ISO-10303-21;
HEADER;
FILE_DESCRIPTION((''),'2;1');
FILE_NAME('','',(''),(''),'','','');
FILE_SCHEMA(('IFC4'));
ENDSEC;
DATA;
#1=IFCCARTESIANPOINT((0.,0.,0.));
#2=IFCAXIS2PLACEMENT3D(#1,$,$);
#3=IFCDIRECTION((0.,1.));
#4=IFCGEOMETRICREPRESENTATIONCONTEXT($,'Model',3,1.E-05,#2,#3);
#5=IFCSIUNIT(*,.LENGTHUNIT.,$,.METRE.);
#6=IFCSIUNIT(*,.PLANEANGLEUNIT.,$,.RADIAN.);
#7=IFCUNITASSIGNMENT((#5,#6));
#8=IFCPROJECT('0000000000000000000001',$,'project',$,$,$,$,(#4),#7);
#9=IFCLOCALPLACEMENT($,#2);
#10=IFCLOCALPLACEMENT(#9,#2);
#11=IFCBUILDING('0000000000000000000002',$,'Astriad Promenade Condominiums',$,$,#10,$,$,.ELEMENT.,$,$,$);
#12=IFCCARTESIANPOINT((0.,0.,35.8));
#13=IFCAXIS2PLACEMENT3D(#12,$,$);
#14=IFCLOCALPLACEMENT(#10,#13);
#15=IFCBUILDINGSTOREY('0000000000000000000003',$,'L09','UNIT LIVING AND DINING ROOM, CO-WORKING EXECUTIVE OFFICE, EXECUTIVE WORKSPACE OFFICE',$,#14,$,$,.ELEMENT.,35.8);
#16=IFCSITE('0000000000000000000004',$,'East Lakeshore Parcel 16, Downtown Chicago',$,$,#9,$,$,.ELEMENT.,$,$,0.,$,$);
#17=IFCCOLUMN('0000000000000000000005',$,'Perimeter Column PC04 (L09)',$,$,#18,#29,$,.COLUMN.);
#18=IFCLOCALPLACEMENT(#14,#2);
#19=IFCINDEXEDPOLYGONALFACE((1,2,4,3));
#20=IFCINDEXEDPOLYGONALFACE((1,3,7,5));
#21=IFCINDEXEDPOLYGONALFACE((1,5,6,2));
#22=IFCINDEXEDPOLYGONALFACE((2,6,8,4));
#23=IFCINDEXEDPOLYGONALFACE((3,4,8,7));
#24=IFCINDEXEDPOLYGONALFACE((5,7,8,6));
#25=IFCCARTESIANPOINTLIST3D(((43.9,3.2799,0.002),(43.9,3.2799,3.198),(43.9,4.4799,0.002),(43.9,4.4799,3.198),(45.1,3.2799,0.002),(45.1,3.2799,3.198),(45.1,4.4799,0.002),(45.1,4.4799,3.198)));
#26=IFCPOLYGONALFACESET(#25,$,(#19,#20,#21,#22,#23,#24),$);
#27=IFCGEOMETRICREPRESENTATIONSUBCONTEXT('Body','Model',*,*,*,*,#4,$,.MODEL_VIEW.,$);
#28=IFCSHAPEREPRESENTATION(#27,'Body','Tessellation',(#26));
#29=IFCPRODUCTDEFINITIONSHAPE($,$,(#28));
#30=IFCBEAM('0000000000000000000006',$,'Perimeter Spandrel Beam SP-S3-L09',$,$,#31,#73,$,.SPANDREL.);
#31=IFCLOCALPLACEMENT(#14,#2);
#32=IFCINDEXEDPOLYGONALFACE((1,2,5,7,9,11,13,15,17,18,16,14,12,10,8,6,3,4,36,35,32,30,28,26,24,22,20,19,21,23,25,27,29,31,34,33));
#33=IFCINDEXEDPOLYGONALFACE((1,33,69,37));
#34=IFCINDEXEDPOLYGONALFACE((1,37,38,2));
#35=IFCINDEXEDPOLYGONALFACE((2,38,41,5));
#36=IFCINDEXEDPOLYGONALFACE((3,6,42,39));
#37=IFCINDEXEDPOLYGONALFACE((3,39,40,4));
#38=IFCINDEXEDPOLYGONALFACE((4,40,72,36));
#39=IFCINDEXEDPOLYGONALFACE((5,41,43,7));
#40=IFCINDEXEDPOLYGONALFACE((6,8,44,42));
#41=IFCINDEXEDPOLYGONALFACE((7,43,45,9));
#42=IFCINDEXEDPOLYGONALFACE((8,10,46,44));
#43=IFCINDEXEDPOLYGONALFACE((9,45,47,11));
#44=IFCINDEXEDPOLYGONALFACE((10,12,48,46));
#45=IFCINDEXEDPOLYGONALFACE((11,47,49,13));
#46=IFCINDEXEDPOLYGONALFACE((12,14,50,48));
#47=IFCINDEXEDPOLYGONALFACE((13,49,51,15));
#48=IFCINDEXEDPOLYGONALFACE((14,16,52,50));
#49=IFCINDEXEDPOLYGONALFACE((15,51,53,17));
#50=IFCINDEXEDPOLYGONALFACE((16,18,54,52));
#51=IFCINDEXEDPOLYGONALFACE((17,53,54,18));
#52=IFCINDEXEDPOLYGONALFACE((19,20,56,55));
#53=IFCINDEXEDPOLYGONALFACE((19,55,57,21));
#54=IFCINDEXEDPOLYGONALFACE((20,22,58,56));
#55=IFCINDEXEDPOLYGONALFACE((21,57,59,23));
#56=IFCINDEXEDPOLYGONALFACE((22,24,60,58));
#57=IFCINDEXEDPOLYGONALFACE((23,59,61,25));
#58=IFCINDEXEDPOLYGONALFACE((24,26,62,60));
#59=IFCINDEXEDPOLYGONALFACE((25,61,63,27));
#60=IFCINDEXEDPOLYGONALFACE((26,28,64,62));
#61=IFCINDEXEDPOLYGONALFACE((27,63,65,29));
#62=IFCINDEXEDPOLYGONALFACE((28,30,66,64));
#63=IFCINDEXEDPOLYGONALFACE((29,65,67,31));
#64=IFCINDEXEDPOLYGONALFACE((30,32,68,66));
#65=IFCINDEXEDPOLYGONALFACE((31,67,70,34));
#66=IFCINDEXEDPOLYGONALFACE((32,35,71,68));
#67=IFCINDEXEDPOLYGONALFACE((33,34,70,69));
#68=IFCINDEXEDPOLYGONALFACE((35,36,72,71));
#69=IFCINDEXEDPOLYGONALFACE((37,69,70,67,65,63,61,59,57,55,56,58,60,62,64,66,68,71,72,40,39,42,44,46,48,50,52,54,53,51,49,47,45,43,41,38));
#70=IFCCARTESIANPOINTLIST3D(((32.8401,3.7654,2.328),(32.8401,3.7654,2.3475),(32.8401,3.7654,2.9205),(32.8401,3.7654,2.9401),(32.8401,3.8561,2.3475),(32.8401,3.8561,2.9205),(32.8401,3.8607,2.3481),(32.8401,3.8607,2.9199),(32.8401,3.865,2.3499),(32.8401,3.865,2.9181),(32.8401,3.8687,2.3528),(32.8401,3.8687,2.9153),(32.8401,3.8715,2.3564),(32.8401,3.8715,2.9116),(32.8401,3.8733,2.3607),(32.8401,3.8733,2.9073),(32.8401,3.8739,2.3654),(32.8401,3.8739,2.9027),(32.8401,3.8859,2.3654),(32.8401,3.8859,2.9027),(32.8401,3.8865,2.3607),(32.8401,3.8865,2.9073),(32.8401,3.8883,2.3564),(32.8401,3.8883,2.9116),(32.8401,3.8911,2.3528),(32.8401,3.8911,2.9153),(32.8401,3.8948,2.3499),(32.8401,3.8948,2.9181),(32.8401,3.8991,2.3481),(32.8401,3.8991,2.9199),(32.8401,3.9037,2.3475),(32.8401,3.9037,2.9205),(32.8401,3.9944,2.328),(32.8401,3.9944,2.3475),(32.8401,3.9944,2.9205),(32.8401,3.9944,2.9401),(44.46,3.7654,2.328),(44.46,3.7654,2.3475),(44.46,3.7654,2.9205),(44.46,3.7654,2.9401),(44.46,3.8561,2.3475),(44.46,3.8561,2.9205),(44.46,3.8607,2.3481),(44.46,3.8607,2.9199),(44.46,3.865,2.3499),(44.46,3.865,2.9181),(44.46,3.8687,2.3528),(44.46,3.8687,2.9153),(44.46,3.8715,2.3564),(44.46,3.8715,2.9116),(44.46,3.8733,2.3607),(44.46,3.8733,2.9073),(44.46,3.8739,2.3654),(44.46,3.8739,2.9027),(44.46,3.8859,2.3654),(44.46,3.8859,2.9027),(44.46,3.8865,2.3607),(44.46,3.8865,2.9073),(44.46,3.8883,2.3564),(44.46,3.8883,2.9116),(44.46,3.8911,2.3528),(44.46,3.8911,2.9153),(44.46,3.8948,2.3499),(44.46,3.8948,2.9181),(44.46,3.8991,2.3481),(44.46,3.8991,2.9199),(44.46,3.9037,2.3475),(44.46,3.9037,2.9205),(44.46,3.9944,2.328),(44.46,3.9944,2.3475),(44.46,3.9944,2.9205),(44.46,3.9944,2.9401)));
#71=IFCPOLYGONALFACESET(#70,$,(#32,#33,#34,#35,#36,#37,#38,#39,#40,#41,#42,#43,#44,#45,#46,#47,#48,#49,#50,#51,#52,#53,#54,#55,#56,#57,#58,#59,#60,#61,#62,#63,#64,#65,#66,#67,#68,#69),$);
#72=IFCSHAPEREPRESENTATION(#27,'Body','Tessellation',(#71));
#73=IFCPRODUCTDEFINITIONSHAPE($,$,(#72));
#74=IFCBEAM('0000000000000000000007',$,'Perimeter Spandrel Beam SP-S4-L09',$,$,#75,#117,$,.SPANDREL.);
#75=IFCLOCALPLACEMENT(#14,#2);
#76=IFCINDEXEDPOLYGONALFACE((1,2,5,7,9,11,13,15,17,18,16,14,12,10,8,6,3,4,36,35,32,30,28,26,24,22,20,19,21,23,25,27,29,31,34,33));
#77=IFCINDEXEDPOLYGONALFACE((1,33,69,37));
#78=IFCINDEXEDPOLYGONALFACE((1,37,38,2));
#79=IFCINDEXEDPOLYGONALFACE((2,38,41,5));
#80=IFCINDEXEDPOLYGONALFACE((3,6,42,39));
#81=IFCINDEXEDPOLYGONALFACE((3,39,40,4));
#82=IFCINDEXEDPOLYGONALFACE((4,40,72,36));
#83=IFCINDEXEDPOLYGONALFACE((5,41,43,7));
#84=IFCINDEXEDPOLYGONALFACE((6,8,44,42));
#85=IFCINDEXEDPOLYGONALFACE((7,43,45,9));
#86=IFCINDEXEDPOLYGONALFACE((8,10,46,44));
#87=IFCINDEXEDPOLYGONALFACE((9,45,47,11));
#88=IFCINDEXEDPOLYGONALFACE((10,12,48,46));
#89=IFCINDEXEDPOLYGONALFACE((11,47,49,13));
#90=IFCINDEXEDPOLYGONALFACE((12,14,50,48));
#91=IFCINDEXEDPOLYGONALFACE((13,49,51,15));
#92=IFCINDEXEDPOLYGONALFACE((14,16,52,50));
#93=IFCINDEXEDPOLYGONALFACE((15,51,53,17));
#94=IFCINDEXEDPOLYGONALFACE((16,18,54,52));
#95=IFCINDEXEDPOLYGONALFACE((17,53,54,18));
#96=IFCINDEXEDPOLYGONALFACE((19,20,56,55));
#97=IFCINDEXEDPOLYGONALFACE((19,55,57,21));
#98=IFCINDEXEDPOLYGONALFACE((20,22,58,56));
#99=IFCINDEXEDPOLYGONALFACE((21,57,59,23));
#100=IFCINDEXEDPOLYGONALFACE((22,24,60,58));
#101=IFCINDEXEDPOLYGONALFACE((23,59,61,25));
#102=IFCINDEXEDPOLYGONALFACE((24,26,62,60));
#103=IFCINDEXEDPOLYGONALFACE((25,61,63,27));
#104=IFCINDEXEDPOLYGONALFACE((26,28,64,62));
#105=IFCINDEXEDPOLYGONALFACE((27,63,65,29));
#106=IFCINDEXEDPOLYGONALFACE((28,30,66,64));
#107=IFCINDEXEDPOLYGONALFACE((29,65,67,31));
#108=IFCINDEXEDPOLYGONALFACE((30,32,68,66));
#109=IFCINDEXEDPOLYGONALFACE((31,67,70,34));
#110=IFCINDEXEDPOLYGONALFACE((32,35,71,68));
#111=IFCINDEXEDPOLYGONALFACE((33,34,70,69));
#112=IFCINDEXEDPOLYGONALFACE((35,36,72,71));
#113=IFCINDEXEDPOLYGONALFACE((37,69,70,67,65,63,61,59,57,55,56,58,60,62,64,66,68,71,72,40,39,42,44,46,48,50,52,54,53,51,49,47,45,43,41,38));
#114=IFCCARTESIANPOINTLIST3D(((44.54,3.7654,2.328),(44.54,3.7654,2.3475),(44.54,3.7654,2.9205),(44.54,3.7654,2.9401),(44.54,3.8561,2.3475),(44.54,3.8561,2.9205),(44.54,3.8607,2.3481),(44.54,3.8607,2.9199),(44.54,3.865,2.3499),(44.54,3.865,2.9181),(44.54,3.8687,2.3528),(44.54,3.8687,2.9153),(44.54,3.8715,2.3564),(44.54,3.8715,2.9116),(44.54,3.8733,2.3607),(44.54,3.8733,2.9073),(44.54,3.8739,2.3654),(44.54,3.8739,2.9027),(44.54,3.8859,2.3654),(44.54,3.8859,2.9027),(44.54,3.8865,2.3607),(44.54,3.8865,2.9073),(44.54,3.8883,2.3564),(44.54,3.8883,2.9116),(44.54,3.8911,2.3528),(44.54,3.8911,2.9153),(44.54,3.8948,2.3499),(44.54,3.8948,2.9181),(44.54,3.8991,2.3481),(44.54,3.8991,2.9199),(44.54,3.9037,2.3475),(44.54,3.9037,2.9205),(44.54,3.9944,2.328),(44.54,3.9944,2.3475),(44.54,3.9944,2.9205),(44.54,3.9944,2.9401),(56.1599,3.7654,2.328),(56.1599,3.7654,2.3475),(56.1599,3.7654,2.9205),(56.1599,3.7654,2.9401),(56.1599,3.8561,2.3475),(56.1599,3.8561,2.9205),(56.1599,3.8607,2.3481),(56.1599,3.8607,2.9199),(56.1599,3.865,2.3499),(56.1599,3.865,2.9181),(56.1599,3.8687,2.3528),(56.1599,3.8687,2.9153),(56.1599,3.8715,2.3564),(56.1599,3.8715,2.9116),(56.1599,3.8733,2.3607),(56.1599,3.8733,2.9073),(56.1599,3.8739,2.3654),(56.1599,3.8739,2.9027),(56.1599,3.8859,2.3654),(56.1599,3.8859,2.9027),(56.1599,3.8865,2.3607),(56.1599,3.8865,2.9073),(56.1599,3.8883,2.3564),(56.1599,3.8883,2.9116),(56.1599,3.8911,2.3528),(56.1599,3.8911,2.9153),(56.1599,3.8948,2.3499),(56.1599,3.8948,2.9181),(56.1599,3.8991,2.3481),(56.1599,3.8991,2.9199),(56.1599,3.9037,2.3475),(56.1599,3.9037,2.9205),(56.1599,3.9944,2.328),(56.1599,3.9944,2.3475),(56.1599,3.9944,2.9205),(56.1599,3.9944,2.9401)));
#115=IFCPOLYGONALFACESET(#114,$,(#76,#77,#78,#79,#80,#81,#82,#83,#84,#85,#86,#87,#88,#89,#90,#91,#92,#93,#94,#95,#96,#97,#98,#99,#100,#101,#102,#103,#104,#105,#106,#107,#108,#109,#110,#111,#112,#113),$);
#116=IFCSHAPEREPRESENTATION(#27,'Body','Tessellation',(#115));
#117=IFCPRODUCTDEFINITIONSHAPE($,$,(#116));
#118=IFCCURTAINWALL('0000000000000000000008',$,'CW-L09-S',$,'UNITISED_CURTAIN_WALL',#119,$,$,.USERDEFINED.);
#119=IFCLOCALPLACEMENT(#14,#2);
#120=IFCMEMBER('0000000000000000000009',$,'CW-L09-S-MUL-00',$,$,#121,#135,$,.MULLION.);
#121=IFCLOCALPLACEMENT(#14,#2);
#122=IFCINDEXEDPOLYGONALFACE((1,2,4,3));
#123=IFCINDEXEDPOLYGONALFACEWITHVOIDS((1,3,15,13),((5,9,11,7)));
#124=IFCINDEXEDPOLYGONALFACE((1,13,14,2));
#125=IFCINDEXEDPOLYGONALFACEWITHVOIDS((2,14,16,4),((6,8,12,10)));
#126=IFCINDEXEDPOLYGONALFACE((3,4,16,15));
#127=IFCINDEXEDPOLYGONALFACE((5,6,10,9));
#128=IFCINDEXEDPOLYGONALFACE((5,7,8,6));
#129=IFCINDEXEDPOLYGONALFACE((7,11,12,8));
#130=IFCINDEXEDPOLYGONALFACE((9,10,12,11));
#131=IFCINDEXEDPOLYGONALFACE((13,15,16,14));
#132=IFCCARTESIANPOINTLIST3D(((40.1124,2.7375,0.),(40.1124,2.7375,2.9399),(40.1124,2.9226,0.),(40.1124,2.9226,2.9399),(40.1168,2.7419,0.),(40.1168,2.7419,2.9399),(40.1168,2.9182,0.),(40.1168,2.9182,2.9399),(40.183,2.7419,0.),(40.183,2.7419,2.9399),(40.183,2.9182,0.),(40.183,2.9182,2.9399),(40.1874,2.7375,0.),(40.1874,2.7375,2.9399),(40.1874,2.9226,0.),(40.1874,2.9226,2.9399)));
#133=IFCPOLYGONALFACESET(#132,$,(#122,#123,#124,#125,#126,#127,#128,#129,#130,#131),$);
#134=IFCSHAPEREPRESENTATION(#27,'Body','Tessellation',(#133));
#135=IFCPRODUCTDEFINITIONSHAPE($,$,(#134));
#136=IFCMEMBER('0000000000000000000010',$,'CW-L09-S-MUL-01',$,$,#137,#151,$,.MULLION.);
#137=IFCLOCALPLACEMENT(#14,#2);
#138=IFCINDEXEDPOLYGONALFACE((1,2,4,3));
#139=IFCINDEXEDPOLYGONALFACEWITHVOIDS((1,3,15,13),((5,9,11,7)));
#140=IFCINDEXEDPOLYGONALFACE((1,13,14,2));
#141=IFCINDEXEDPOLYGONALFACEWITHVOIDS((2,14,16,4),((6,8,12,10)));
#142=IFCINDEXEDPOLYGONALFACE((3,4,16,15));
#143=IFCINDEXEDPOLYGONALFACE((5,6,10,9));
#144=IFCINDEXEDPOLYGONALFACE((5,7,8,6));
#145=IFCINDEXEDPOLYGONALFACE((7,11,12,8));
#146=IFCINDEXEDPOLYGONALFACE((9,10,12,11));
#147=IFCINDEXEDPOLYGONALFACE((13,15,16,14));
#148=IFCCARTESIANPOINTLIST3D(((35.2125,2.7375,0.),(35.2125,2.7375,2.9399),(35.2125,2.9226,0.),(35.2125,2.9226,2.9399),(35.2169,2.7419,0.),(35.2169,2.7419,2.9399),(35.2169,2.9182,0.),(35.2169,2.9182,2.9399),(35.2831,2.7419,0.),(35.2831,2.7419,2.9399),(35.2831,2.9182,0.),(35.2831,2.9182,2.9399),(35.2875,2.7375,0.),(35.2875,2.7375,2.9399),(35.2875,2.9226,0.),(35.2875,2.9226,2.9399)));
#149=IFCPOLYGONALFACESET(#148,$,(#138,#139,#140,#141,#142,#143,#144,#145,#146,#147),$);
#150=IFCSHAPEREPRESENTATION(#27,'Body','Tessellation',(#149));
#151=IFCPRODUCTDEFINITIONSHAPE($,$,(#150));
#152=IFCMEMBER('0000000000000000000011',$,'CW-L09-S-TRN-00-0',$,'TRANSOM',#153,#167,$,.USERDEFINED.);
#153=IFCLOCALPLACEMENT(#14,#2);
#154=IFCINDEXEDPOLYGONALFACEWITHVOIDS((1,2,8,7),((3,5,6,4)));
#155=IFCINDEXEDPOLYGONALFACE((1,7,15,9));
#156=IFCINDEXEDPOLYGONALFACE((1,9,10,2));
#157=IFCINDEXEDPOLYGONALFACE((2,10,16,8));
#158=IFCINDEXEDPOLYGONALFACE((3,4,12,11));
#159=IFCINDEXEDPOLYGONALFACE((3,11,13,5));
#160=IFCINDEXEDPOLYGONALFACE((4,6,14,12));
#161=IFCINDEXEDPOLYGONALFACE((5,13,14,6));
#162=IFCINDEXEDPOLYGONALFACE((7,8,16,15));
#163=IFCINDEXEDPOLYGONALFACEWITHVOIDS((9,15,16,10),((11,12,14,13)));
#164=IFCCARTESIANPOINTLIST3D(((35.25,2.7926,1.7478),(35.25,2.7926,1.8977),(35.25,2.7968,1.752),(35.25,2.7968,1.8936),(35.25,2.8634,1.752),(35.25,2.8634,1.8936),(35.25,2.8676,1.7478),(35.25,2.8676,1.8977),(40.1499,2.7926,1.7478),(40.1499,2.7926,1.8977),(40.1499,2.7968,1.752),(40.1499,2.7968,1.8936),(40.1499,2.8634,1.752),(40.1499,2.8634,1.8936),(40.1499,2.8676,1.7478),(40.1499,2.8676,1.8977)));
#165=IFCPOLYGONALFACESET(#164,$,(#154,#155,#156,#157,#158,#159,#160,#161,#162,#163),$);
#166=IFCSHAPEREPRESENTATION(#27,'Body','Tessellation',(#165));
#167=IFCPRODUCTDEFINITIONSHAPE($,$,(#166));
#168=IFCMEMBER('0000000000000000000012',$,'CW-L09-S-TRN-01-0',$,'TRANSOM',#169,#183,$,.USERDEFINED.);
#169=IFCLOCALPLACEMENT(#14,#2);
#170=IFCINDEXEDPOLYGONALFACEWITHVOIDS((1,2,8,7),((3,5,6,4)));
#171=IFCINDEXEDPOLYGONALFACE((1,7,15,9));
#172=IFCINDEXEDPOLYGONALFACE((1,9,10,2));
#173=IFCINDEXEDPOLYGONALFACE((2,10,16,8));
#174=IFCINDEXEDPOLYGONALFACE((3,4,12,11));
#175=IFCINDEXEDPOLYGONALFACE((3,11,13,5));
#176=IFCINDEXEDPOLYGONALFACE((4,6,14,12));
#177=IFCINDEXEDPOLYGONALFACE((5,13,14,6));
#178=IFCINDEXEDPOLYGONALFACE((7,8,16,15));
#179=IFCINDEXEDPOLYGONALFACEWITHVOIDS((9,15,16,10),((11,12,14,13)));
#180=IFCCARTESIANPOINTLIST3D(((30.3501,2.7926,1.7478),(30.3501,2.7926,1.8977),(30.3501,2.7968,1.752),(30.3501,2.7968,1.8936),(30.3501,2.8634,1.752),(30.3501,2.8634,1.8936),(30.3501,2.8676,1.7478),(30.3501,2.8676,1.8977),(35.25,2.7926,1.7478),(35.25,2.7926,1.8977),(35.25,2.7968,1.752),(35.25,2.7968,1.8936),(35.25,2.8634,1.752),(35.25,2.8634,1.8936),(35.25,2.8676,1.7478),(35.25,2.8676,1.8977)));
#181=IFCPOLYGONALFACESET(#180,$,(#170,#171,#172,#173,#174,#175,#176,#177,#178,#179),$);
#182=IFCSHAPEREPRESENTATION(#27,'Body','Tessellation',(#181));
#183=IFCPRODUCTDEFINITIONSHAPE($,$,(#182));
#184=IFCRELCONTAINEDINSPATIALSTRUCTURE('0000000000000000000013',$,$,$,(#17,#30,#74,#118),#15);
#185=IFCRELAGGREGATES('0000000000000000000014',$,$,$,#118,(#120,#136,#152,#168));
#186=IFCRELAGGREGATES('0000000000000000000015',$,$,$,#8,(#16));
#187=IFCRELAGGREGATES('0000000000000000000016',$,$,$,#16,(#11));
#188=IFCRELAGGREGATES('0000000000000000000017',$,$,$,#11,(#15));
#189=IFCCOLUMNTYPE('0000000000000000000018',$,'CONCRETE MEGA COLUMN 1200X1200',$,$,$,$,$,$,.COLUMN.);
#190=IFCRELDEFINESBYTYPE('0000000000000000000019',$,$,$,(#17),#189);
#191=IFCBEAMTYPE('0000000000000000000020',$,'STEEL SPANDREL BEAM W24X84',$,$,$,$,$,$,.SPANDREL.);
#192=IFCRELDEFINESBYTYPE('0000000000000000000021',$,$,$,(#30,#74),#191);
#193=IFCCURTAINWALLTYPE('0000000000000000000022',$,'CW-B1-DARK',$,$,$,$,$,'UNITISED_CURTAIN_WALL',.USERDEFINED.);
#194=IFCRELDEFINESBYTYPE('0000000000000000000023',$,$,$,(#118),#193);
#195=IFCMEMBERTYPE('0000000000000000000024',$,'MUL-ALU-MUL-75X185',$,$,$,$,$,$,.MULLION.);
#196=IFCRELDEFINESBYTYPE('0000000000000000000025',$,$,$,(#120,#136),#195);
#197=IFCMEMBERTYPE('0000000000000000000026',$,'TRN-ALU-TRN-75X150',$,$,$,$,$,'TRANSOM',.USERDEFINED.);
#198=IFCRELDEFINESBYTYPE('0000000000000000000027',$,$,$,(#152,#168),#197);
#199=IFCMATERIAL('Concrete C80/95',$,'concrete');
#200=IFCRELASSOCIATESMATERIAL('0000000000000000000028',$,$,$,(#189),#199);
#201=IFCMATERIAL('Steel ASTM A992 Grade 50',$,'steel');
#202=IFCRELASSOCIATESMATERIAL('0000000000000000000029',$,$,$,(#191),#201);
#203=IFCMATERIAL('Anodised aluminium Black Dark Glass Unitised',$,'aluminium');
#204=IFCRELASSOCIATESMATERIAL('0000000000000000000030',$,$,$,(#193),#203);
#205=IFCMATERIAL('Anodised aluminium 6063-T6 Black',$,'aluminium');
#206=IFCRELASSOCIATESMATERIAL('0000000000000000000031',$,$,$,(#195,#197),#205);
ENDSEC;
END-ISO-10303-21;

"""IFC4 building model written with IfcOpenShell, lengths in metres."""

from ifc_helpers import new_model, si_unit, direction, frame, origin, origin_2d, place, context, subcontext, project, spatial, rectangle, hollow_rectangle, i_section, extrude, source, transform, mapped, material, material_profile, profile_set, type_object, type_shapes, element, aggregate, save


model = new_model("IFC4")

# Units and contexts
model_context = context("Model", 3, precision=1e-05, world=origin(), true_north=direction((0.0, 1.0)))
body_context = subcontext(model_context, "Body", "Model", "MODEL_VIEW")
ifc_project = project(units=[si_unit("LENGTHUNIT", "METRE"), si_unit("PLANEANGLEUNIT", "RADIAN")], contexts=[model_context])

# Site, building, storey
site_placement = place(None, origin())
site = spatial("IfcSite", under=ifc_project, at=site_placement, Name="East Lakeshore Parcel 16, Downtown Chicago", CompositionType="ELEMENT", RefElevation=0.0)
building_placement = place(site_placement, origin())
building = spatial("IfcBuilding", under=site, at=building_placement, Name="Astriad Promenade Condominiums", CompositionType="ELEMENT")
storey_placement = place(building_placement, frame((0.0, 0.0, 35.8)))
storey = spatial("IfcBuildingStorey", under=building, at=storey_placement, Name="L09", Description="UNIT LIVING AND DINING ROOM, CO-WORKING EXECUTIVE OFFICE, EXECUTIVE WORKSPACE OFFICE", CompositionType="ELEMENT", Elevation=35.8)

# Column
ifc_material_1 = material(Name="Concrete C80/95", Category="concrete")
ifc_material_profile_1 = material_profile(ifc_material_1, rectangle(XDim=1.2, YDim=1.2, at=origin_2d()), Name="RC-COL-1200X1200")
ifc_profile_set_1 = profile_set([ifc_material_profile_1], Name="Concrete C80/95")
column_type = type_object("IfcColumnType", Name="CONCRETE MEGA COLUMN 1200X1200", PredefinedType="COLUMN", material=ifc_profile_set_1)
shared_shape_1 = source(origin(), body_context, "Body", "SweptSolid", [
    extrude(rectangle(XDim=1.2, YDim=1.2, at=origin_2d()), origin(), (0.0, 0.0, 1.0), 3.196),
])
type_shapes(column_type, [shared_shape_1])
column_placement = place(storey_placement, frame((44.5, 3.8799, 0.002), z_axis=(0.0, 0.0, 1.0), x_axis=(1.0, 0.0, 0.0)))
element("IfcColumn", 1, at=column_placement, inside=storey, type_object=column_type, Name="Perimeter Column PC04 (L09)", PredefinedType="COLUMN", context=body_context, shape_type="MappedRepresentation", body=[
    mapped(shared_shape_1, transform((0.0, 0.0, 0.0), scale=1.0)),
])

# Beams
ifc_material_2 = material(Name="Steel ASTM A992 Grade 50", Category="steel")
ifc_material_profile_2 = material_profile(ifc_material_2, i_section(OverallWidth=0.229, OverallDepth=0.6121, WebThickness=0.012, FlangeThickness=0.0195, FilletRadius=0.0178, at=origin_2d()), Name="W24X84")
ifc_profile_set_2 = profile_set([ifc_material_profile_2], Name="Steel ASTM A992 Grade 50")
beam_type = type_object("IfcBeamType", Name="STEEL SPANDREL BEAM W24X84", PredefinedType="SPANDREL", material=ifc_profile_set_2)
shared_shape_2 = source(origin(), body_context, "Body", "SweptSolid", [
    extrude(i_section(OverallWidth=0.229, OverallDepth=0.6121, WebThickness=0.012, FlangeThickness=0.0195, FilletRadius=0.0178, at=origin_2d()), origin(), (0.0, 0.0, 1.0), 11.6199),
])
type_shapes(beam_type, [shared_shape_2])
for number, where, z_axis, x_axis, name in (
    (2, (32.8401, 3.8799, 2.634), (1.0, 0.0, 0.0), (0.0, 1.0, 0.0), "Perimeter Spandrel Beam SP-S3-L09"),
    (3, (44.54, 3.8799, 2.634), (1.0, 0.0, 0.0), (0.0, 1.0, 0.0), "Perimeter Spandrel Beam SP-S4-L09"),
):
    element("IfcBeam", number, at=place(storey_placement, frame(where, z_axis=z_axis, x_axis=x_axis)), inside=storey, type_object=beam_type, Name=name, PredefinedType="SPANDREL", context=body_context, shape_type="MappedRepresentation", body=[
        mapped(shared_shape_2, transform((0.0, 0.0, 0.0), scale=1.0)),
    ])

# Curtain wall, members
ifc_material_3 = material(Name="Anodised aluminium Black Dark Glass Unitised", Category="aluminium")
curtain_wall_type = type_object("IfcCurtainWallType", Name="CW-B1-DARK", ElementType="UNITISED_CURTAIN_WALL", PredefinedType="USERDEFINED", material=ifc_material_3)
curtain_wall_placement = place(storey_placement, origin())
curtain_wall = element("IfcCurtainWall", 4, at=curtain_wall_placement, inside=storey, type_object=curtain_wall_type, Name="CW-L09-S", ObjectType="UNITISED_CURTAIN_WALL", PredefinedType="USERDEFINED")
ifc_material_4 = material(Name="Anodised aluminium 6063-T6 Black", Category="aluminium")
ifc_material_profile_3 = material_profile(ifc_material_4, hollow_rectangle(XDim=0.075, YDim=0.1851, WallThickness=0.0044, at=origin_2d()), Name="ALU-MUL-75X185")
ifc_profile_set_3 = profile_set([ifc_material_profile_3], Name="Anodised aluminium 6063-T6 Black")
member_type_1 = type_object("IfcMemberType", Name="MUL-ALU-MUL-75X185", PredefinedType="MULLION", material=ifc_profile_set_3)
shared_shape_3 = source(origin(), body_context, "Body", "SweptSolid", [
    extrude(hollow_rectangle(XDim=0.075, YDim=0.1851, WallThickness=0.0044, at=origin_2d()), origin(), (0.0, 0.0, 1.0), 2.9399),
])
type_shapes(member_type_1, [shared_shape_3])
member_1_placement = place(storey_placement, frame((40.1499, 2.8301, 0.0), z_axis=(0.0, 0.0, 1.0), x_axis=(1.0, 0.0, 0.0)))
member_1 = element("IfcMember", 5, at=member_1_placement, type_object=member_type_1, Name="CW-L09-S-MUL-00", PredefinedType="MULLION", context=body_context, shape_type="MappedRepresentation", body=[
    mapped(shared_shape_3, transform((0.0, 0.0, 0.0), scale=1.0)),
])
member_2_placement = place(storey_placement, frame((35.25, 2.8301, 0.0), z_axis=(0.0, 0.0, 1.0), x_axis=(1.0, 0.0, 0.0)))
member_2 = element("IfcMember", 6, at=member_2_placement, type_object=member_type_1, Name="CW-L09-S-MUL-01", PredefinedType="MULLION", context=body_context, shape_type="MappedRepresentation", body=[
    mapped(shared_shape_3, transform((0.0, 0.0, 0.0), scale=1.0)),
])
ifc_material_profile_4 = material_profile(ifc_material_4, hollow_rectangle(XDim=0.075, YDim=0.1499, WallThickness=0.0042, at=origin_2d()), Name="ALU-TRN-75X150")
ifc_profile_set_4 = profile_set([ifc_material_profile_4], Name="Anodised aluminium 6063-T6 Black")
member_type_2 = type_object("IfcMemberType", Name="TRN-ALU-TRN-75X150", ElementType="TRANSOM", PredefinedType="USERDEFINED", material=ifc_profile_set_4)
shared_shape_4 = source(origin(), body_context, "Body", "SweptSolid", [
    extrude(hollow_rectangle(XDim=0.075, YDim=0.1499, WallThickness=0.0042, at=origin_2d()), origin(), (0.0, 0.0, 1.0), 4.8999),
])
type_shapes(member_type_2, [shared_shape_4])
member_3_placement = place(storey_placement, frame((40.1499, 2.8301, 1.8228), z_axis=(-1.0, 0.0, 0.0), x_axis=(0.0, -1.0, 0.0)))
member_3 = element("IfcMember", 7, at=member_3_placement, type_object=member_type_2, Name="CW-L09-S-TRN-00-0", ObjectType="TRANSOM", PredefinedType="USERDEFINED", context=body_context, shape_type="MappedRepresentation", body=[
    mapped(shared_shape_4, transform((0.0, 0.0, 0.0), scale=1.0)),
])
member_4_placement = place(storey_placement, frame((35.25, 2.8301, 1.8228), z_axis=(-1.0, 0.0, 0.0), x_axis=(0.0, -1.0, 0.0)))
member_4 = element("IfcMember", 8, at=member_4_placement, type_object=member_type_2, Name="CW-L09-S-TRN-01-0", ObjectType="TRANSOM", PredefinedType="USERDEFINED", context=body_context, shape_type="MappedRepresentation", body=[
    mapped(shared_shape_4, transform((0.0, 0.0, 0.0), scale=1.0)),
])
aggregate(curtain_wall, [member_1, member_2, member_3, member_4])

save(model, "model.ifc")
